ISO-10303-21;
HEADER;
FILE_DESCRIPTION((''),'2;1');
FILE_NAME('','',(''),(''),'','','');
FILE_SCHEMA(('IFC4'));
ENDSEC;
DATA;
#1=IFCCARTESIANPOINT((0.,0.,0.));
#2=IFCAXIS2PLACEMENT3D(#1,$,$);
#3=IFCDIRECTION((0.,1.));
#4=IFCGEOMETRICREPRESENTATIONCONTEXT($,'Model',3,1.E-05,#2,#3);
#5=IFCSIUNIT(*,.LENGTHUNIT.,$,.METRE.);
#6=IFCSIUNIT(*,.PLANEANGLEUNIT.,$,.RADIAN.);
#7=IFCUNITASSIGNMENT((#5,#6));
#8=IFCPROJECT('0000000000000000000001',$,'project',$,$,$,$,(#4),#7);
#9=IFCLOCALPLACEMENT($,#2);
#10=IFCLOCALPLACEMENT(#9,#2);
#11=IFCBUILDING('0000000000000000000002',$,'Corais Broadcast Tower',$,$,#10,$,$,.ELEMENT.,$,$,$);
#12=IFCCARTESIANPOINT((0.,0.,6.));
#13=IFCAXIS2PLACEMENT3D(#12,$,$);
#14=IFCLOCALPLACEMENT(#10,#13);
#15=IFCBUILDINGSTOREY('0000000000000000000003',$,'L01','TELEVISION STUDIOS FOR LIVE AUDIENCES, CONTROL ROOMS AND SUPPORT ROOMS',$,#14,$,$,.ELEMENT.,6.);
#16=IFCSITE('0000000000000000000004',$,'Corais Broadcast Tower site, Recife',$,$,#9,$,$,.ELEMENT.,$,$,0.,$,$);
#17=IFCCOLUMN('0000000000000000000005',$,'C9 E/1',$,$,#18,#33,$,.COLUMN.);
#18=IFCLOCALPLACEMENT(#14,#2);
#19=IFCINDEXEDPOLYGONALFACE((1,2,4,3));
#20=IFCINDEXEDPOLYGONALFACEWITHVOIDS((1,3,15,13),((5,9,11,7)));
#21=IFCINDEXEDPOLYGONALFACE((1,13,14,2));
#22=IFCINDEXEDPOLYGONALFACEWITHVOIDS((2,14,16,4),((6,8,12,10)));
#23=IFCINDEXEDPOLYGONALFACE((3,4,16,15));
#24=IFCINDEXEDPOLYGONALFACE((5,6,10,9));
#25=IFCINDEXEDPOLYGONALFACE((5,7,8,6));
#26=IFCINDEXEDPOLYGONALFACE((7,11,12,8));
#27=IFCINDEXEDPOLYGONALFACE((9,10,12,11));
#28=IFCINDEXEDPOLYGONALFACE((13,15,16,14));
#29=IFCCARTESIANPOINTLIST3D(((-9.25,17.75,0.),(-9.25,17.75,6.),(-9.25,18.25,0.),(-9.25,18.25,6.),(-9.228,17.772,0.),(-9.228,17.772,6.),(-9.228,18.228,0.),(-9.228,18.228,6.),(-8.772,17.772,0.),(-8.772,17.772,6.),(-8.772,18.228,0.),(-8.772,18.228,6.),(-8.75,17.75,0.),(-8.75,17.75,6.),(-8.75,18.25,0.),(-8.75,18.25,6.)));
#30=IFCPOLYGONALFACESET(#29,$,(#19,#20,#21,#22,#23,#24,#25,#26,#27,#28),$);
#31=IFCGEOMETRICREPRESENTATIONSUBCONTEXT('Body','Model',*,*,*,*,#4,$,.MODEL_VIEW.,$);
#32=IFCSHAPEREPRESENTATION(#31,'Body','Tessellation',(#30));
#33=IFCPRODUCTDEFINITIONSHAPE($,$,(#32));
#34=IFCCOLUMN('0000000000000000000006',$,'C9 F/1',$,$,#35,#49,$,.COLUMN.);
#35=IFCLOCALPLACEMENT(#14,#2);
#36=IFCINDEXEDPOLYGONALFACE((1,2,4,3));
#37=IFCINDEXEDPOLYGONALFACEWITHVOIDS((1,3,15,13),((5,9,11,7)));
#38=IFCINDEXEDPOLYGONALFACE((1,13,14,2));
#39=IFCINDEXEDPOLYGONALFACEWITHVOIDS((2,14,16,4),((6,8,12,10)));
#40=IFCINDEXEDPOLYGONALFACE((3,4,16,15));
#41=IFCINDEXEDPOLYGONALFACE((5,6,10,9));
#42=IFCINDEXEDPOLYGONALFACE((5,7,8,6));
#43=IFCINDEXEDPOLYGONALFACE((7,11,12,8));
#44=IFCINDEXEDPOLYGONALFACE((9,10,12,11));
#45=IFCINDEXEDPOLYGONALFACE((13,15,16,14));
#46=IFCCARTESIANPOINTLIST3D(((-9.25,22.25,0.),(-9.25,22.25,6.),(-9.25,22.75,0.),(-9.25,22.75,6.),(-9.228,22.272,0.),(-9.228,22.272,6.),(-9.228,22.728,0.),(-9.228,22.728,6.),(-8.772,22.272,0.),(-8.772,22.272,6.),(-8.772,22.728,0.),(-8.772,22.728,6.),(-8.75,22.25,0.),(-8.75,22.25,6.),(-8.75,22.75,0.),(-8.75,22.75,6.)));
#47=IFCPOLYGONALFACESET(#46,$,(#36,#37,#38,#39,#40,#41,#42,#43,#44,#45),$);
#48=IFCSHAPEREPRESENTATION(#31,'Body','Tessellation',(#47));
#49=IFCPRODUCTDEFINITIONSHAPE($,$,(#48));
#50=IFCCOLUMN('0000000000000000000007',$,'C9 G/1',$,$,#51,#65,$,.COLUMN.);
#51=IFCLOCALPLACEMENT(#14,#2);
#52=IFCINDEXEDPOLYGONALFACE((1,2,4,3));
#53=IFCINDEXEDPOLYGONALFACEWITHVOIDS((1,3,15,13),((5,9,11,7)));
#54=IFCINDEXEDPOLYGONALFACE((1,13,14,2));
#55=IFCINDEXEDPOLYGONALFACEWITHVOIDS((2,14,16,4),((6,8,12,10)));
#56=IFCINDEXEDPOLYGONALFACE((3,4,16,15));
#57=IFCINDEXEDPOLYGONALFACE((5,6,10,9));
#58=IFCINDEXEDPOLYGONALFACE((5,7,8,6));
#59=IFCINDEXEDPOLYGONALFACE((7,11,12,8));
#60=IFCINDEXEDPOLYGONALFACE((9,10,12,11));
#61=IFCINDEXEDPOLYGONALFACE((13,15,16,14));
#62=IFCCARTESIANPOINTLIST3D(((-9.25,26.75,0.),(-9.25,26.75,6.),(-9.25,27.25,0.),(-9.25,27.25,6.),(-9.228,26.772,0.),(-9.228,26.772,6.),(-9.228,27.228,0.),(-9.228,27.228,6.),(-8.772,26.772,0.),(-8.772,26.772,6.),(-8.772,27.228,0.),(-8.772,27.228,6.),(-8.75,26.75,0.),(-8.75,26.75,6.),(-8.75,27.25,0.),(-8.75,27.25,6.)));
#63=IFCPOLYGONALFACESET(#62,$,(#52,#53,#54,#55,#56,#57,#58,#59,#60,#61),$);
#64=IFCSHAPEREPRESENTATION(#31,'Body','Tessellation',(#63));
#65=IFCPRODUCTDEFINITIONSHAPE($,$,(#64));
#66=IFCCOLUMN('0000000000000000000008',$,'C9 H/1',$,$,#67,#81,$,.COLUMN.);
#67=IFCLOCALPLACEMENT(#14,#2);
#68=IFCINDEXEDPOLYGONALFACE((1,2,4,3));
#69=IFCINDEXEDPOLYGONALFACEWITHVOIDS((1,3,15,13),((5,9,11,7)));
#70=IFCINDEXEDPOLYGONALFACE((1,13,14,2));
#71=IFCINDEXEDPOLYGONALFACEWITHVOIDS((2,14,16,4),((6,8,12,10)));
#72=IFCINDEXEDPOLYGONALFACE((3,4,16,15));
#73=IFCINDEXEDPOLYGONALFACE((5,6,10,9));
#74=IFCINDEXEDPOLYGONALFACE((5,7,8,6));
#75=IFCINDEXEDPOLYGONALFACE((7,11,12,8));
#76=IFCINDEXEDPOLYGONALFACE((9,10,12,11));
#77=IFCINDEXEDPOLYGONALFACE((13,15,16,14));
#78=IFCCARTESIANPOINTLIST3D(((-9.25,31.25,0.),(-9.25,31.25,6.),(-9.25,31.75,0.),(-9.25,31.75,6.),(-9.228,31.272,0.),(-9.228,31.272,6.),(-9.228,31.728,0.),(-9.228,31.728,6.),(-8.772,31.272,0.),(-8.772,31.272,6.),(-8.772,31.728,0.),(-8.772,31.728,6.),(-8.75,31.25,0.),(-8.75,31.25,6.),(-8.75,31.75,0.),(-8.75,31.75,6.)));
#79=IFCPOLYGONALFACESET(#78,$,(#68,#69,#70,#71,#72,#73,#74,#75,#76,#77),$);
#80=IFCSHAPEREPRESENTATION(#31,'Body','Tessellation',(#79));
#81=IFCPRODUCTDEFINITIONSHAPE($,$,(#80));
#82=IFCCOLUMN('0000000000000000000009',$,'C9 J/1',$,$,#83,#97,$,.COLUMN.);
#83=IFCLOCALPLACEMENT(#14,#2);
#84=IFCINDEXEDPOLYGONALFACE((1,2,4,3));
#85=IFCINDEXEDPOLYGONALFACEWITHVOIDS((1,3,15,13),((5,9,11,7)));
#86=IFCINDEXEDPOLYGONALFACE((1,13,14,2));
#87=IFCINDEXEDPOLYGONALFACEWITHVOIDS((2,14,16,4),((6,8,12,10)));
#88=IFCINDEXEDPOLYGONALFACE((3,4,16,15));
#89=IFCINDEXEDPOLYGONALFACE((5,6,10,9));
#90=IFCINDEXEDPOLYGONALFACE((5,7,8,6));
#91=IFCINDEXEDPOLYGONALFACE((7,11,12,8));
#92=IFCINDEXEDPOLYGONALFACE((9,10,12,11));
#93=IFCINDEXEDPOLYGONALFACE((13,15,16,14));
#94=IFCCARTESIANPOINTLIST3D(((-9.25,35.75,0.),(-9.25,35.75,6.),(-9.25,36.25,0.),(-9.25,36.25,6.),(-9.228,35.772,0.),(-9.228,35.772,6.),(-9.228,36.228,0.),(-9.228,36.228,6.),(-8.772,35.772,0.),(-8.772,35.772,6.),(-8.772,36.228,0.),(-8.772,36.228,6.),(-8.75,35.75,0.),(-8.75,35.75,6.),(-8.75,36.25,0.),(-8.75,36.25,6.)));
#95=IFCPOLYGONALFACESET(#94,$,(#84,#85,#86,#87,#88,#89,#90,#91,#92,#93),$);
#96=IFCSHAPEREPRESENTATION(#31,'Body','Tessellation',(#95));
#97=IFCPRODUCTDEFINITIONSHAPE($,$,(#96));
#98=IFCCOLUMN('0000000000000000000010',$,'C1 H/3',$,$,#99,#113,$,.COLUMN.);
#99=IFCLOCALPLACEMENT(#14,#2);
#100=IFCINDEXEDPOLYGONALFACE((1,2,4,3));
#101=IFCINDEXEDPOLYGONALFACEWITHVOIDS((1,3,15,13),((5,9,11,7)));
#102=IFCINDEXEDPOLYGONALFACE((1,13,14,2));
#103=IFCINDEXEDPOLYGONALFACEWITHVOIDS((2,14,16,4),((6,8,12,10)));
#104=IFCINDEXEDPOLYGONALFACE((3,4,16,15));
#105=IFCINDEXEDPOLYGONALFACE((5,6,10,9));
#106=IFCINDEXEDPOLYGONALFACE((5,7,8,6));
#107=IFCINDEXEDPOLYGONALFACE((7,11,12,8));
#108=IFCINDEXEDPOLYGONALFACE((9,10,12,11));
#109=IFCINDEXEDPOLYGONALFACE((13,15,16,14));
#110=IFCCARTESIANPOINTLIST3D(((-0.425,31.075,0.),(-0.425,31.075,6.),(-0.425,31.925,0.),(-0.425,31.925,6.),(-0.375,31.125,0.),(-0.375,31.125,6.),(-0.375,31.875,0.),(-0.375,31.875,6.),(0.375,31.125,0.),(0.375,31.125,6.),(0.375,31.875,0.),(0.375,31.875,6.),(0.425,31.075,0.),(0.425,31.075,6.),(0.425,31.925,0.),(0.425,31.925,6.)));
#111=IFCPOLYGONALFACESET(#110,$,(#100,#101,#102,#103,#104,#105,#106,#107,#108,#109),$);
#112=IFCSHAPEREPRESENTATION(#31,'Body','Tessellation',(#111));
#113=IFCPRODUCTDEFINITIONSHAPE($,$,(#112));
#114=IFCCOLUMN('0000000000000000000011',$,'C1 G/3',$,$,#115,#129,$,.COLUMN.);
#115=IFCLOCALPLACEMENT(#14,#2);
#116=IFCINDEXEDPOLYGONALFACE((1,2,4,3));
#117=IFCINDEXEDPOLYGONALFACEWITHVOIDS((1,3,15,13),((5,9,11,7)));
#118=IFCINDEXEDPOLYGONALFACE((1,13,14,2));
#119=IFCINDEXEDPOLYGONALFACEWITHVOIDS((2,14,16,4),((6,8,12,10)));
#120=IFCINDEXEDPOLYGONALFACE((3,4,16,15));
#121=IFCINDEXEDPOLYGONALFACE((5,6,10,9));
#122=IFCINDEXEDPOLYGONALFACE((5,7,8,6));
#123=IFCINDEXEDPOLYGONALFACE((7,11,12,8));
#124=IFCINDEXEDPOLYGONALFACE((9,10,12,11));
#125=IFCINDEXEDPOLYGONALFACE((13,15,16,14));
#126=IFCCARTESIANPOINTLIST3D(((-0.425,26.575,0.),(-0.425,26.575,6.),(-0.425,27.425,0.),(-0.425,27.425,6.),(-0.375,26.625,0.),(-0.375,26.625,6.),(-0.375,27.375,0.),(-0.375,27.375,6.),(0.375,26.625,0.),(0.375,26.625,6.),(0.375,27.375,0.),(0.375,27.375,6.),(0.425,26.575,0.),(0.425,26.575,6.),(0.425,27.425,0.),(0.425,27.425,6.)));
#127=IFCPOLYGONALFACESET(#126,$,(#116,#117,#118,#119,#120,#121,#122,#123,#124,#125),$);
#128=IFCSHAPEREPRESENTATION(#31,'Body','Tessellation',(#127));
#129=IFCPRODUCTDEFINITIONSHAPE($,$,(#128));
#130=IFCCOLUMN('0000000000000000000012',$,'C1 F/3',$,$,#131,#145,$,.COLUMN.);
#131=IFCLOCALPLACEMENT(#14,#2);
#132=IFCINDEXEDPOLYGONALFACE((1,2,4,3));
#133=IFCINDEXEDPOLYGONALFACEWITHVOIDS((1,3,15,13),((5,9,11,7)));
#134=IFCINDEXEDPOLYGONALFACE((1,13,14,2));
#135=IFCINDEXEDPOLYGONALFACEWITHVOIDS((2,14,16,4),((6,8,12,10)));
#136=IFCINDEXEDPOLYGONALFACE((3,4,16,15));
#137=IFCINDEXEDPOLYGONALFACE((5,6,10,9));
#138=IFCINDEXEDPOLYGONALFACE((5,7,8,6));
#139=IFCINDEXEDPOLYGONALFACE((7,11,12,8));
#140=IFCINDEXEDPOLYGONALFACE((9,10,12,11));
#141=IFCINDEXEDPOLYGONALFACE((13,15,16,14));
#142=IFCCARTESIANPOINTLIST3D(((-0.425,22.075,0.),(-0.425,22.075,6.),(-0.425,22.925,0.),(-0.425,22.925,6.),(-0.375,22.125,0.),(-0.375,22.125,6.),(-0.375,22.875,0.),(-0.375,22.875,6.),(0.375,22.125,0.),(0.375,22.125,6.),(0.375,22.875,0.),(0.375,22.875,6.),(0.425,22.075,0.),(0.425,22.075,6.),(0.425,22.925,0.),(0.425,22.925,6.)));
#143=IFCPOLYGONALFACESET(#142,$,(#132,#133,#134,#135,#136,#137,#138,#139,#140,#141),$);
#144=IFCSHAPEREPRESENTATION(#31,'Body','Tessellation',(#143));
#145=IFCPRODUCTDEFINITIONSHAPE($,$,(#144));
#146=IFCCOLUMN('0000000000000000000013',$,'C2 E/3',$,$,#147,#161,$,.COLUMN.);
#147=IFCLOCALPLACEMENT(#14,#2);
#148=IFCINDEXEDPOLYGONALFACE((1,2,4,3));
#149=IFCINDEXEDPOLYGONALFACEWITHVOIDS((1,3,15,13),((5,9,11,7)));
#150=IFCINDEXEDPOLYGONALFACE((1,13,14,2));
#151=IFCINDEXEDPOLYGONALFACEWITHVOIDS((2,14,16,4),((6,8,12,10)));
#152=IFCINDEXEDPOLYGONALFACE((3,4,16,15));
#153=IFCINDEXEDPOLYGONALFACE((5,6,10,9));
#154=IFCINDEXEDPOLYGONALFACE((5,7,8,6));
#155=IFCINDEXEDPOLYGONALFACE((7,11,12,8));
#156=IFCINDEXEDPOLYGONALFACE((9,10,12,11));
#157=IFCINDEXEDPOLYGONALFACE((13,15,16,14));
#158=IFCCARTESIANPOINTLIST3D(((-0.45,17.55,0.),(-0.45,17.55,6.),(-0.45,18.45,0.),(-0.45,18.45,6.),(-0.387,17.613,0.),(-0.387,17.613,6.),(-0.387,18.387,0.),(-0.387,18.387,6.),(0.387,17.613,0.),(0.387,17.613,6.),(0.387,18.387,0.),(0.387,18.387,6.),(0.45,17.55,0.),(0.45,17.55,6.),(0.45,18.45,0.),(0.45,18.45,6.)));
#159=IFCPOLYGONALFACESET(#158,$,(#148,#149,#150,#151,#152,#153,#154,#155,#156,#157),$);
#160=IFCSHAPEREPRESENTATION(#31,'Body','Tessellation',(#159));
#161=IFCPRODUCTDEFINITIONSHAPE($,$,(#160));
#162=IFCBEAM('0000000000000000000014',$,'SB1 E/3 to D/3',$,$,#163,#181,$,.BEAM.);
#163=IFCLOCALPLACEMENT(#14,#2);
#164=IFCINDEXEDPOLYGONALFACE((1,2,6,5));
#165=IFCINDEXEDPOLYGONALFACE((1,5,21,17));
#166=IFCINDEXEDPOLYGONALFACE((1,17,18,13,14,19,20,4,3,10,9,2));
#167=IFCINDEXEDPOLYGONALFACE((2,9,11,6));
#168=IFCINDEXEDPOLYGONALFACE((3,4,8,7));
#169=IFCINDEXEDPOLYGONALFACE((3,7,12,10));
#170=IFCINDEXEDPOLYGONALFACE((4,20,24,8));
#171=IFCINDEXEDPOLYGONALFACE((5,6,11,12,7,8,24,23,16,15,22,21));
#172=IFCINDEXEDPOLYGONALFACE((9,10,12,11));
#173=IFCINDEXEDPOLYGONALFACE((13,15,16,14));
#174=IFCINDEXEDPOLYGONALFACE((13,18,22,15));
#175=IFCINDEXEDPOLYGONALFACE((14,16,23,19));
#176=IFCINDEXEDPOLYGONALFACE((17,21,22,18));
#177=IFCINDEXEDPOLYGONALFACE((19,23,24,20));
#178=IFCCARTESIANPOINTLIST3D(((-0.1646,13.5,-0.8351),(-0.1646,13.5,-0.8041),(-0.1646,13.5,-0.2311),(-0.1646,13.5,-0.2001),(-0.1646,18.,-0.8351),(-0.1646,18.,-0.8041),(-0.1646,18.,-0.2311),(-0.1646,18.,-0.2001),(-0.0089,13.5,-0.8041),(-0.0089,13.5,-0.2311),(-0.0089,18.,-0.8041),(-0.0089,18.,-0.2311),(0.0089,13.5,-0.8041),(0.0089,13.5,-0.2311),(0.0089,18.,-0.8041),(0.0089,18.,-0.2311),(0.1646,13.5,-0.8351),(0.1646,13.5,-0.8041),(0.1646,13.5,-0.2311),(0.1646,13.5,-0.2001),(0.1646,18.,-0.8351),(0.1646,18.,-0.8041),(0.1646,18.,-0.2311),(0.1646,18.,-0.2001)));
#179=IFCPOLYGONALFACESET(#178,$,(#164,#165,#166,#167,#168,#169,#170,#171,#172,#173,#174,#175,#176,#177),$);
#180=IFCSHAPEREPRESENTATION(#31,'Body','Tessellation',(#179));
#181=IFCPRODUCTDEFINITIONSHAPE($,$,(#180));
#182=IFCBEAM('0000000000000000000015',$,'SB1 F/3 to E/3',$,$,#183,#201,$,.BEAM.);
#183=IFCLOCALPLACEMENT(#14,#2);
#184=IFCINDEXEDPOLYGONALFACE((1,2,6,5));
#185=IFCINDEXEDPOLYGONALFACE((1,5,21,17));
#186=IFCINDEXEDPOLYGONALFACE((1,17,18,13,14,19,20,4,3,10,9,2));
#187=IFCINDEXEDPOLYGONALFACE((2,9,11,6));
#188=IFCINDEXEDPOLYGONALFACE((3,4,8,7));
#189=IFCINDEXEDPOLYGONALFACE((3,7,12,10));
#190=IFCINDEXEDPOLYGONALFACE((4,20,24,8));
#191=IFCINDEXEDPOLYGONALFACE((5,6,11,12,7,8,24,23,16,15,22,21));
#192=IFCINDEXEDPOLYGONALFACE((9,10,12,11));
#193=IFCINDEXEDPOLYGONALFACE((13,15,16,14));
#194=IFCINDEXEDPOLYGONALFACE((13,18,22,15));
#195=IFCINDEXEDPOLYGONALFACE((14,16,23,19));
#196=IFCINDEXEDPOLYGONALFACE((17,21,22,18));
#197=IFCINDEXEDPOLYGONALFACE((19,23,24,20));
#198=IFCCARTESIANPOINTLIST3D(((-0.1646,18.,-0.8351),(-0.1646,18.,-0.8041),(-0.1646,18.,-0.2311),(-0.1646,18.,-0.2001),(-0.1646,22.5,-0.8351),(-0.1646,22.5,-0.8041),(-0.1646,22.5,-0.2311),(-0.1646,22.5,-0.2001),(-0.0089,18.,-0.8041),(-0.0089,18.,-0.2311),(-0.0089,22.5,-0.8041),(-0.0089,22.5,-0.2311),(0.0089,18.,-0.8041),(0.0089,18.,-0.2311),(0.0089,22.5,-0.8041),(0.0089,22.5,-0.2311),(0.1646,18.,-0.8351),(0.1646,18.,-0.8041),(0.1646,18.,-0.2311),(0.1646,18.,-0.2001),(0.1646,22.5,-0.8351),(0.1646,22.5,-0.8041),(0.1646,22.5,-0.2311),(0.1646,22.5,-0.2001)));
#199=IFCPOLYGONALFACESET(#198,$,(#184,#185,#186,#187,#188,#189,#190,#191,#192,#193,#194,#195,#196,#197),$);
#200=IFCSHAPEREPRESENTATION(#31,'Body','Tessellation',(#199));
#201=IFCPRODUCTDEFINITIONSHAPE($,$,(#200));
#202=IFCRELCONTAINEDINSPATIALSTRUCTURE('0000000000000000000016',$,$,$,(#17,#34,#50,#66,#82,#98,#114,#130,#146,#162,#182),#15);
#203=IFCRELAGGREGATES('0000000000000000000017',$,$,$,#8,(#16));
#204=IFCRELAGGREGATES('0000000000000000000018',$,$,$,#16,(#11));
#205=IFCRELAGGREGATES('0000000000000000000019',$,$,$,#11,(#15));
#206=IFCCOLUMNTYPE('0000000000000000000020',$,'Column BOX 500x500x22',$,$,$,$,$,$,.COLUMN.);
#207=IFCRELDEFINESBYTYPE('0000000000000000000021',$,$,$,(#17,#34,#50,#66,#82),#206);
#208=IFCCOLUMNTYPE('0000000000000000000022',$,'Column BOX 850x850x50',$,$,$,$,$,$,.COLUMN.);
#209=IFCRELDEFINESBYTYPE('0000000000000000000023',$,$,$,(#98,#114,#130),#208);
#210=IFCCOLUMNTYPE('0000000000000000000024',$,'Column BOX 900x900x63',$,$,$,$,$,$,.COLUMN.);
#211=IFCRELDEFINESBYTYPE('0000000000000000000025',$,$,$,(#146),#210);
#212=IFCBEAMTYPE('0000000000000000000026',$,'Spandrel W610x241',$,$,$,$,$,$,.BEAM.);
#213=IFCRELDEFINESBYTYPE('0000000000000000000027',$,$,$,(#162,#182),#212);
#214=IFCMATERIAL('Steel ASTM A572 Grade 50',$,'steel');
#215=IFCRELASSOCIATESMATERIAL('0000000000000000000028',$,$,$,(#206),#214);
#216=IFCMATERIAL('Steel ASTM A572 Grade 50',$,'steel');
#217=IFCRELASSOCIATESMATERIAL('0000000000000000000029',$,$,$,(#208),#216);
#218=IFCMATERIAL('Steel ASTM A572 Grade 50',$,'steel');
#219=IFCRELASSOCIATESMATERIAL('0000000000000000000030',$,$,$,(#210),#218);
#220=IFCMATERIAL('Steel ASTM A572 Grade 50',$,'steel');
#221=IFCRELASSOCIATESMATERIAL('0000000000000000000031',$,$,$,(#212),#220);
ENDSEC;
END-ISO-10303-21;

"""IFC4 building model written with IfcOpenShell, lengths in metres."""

from ifc_helpers import new_model, si_unit, direction, frame, origin, origin_2d, place, context, subcontext, project, spatial, hollow_rectangle, i_section, extrude, material, material_profile, profile_set, type_object, element, save


model = new_model("IFC4")

# Units and contexts
model_context = context("Model", 3, precision=1e-05, world=origin(), true_north=direction((0.0, 1.0)))
body_context = subcontext(model_context, "Body", "Model", "MODEL_VIEW")
ifc_project = project(units=[si_unit("LENGTHUNIT", "METRE"), si_unit("PLANEANGLEUNIT", "RADIAN")], contexts=[model_context])

# Site, building, storey
site_placement = place(None, origin())
site = spatial("IfcSite", under=ifc_project, at=site_placement, Name="Corais Broadcast Tower site, Recife", CompositionType="ELEMENT", RefElevation=0.0)
building_placement = place(site_placement, origin())
building = spatial("IfcBuilding", under=site, at=building_placement, Name="Corais Broadcast Tower", CompositionType="ELEMENT")
storey_placement = place(building_placement, frame((0.0, 0.0, 6.0)))
storey = spatial("IfcBuildingStorey", under=building, at=storey_placement, Name="L01", Description="TELEVISION STUDIOS FOR LIVE AUDIENCES, CONTROL ROOMS AND SUPPORT ROOMS", CompositionType="ELEMENT", Elevation=6.0)

# Columns
ifc_material_1 = material(Name="Steel ASTM A572 Grade 50", Category="steel")
ifc_material_profile_1 = material_profile(ifc_material_1, hollow_rectangle(XDim=0.5, YDim=0.5, WallThickness=0.022, at=origin_2d()), Name="BOX 500x500x22")
ifc_profile_set_1 = profile_set([ifc_material_profile_1], Name="Steel ASTM A572 Grade 50")
column_type_1 = type_object("IfcColumnType", Name="Column BOX 500x500x22", PredefinedType="COLUMN", material=ifc_profile_set_1)
for number, where, z_axis, x_axis, name in (
    (1, (-9.0, 18.0, 0.0), (0.0, 0.0, 1.0), (1.0, 0.0, 0.0), "C9 E/1"),
    (2, (-9.0, 22.5, 0.0), (0.0, 0.0, 1.0), (1.0, 0.0, 0.0), "C9 F/1"),
    (3, (-9.0, 27.0, 0.0), (0.0, 0.0, 1.0), (1.0, 0.0, 0.0), "C9 G/1"),
    (4, (-9.0, 31.5, 0.0), (0.0, 0.0, 1.0), (1.0, 0.0, 0.0), "C9 H/1"),
    (5, (-9.0, 36.0, 0.0), (0.0, 0.0, 1.0), (1.0, 0.0, 0.0), "C9 J/1"),
):
    element("IfcColumn", number, at=place(storey_placement, frame(where, z_axis=z_axis, x_axis=x_axis)), inside=storey, type_object=column_type_1, Name=name, PredefinedType="COLUMN", context=body_context, shape_type="SweptSolid", body=[
        extrude(hollow_rectangle(XDim=0.5, YDim=0.5, WallThickness=0.022, at=origin_2d()), origin(), (0.0, 0.0, 1.0), 6.0),
    ])
ifc_material_2 = material(Name="Steel ASTM A572 Grade 50", Category="steel")
ifc_material_profile_2 = material_profile(ifc_material_2, hollow_rectangle(XDim=0.8501, YDim=0.8501, WallThickness=0.05, at=origin_2d()), Name="BOX 850x850x50")
ifc_profile_set_2 = profile_set([ifc_material_profile_2], Name="Steel ASTM A572 Grade 50")
column_type_2 = type_object("IfcColumnType", Name="Column BOX 850x850x50", PredefinedType="COLUMN", material=ifc_profile_set_2)
for number, where, z_axis, x_axis, name in (
    (6, (0.0, 31.5, 0.0), (0.0, 0.0, 1.0), (1.0, 0.0, 0.0), "C1 H/3"),
    (7, (0.0, 27.0, 0.0), (0.0, 0.0, 1.0), (1.0, 0.0, 0.0), "C1 G/3"),
    (8, (0.0, 22.5, 0.0), (0.0, 0.0, 1.0), (1.0, 0.0, 0.0), "C1 F/3"),
):
    element("IfcColumn", number, at=place(storey_placement, frame(where, z_axis=z_axis, x_axis=x_axis)), inside=storey, type_object=column_type_2, Name=name, PredefinedType="COLUMN", context=body_context, shape_type="SweptSolid", body=[
        extrude(hollow_rectangle(XDim=0.8501, YDim=0.8501, WallThickness=0.05, at=origin_2d()), origin(), (0.0, 0.0, 1.0), 6.0),
    ])
ifc_material_3 = material(Name="Steel ASTM A572 Grade 50", Category="steel")
ifc_material_profile_3 = material_profile(ifc_material_3, hollow_rectangle(XDim=0.8999, YDim=0.8999, WallThickness=0.063, at=origin_2d()), Name="BOX 900x900x63")
ifc_profile_set_3 = profile_set([ifc_material_profile_3], Name="Steel ASTM A572 Grade 50")
column_type_3 = type_object("IfcColumnType", Name="Column BOX 900x900x63", PredefinedType="COLUMN", material=ifc_profile_set_3)
column_placement = place(storey_placement, frame((0.0, 18.0, 0.0), z_axis=(0.0, 0.0, 1.0), x_axis=(1.0, 0.0, 0.0)))
element("IfcColumn", 9, at=column_placement, inside=storey, type_object=column_type_3, Name="C2 E/3", PredefinedType="COLUMN", context=body_context, shape_type="SweptSolid", body=[
    extrude(hollow_rectangle(XDim=0.8999, YDim=0.8999, WallThickness=0.063, at=origin_2d()), origin(), (0.0, 0.0, 1.0), 6.0),
])

# Beams
ifc_material_4 = material(Name="Steel ASTM A572 Grade 50", Category="steel")
ifc_material_profile_4 = material_profile(ifc_material_4, i_section(OverallWidth=0.3291, OverallDepth=0.635, WebThickness=0.0178, FlangeThickness=0.031, at=origin_2d()), Name="W610x241")
ifc_profile_set_4 = profile_set([ifc_material_profile_4], Name="Steel ASTM A572 Grade 50")
beam_type_1 = type_object("IfcBeamType", Name="Spandrel W610x241", PredefinedType="BEAM", material=ifc_profile_set_4)
for number, where, z_axis, x_axis, name in (
    (10, (0.0, 18.0, -0.5176), (0.0, -1.0, 0.0), (1.0, 0.0, 0.0), "SB1 E/3 to D/3"),
    (11, (0.0, 22.5, -0.5176), (0.0, -1.0, 0.0), (1.0, 0.0, 0.0), "SB1 F/3 to E/3"),
):
    element("IfcBeam", number, at=place(storey_placement, frame(where, z_axis=z_axis, x_axis=x_axis)), inside=storey, type_object=beam_type_1, Name=name, PredefinedType="BEAM", context=body_context, shape_type="SweptSolid", body=[
        extrude(i_section(OverallWidth=0.3291, OverallDepth=0.635, WebThickness=0.0178, FlangeThickness=0.031, at=origin_2d()), origin(), (0.0, 0.0, 1.0), 4.5),
    ])

save(model, "model.ifc")
